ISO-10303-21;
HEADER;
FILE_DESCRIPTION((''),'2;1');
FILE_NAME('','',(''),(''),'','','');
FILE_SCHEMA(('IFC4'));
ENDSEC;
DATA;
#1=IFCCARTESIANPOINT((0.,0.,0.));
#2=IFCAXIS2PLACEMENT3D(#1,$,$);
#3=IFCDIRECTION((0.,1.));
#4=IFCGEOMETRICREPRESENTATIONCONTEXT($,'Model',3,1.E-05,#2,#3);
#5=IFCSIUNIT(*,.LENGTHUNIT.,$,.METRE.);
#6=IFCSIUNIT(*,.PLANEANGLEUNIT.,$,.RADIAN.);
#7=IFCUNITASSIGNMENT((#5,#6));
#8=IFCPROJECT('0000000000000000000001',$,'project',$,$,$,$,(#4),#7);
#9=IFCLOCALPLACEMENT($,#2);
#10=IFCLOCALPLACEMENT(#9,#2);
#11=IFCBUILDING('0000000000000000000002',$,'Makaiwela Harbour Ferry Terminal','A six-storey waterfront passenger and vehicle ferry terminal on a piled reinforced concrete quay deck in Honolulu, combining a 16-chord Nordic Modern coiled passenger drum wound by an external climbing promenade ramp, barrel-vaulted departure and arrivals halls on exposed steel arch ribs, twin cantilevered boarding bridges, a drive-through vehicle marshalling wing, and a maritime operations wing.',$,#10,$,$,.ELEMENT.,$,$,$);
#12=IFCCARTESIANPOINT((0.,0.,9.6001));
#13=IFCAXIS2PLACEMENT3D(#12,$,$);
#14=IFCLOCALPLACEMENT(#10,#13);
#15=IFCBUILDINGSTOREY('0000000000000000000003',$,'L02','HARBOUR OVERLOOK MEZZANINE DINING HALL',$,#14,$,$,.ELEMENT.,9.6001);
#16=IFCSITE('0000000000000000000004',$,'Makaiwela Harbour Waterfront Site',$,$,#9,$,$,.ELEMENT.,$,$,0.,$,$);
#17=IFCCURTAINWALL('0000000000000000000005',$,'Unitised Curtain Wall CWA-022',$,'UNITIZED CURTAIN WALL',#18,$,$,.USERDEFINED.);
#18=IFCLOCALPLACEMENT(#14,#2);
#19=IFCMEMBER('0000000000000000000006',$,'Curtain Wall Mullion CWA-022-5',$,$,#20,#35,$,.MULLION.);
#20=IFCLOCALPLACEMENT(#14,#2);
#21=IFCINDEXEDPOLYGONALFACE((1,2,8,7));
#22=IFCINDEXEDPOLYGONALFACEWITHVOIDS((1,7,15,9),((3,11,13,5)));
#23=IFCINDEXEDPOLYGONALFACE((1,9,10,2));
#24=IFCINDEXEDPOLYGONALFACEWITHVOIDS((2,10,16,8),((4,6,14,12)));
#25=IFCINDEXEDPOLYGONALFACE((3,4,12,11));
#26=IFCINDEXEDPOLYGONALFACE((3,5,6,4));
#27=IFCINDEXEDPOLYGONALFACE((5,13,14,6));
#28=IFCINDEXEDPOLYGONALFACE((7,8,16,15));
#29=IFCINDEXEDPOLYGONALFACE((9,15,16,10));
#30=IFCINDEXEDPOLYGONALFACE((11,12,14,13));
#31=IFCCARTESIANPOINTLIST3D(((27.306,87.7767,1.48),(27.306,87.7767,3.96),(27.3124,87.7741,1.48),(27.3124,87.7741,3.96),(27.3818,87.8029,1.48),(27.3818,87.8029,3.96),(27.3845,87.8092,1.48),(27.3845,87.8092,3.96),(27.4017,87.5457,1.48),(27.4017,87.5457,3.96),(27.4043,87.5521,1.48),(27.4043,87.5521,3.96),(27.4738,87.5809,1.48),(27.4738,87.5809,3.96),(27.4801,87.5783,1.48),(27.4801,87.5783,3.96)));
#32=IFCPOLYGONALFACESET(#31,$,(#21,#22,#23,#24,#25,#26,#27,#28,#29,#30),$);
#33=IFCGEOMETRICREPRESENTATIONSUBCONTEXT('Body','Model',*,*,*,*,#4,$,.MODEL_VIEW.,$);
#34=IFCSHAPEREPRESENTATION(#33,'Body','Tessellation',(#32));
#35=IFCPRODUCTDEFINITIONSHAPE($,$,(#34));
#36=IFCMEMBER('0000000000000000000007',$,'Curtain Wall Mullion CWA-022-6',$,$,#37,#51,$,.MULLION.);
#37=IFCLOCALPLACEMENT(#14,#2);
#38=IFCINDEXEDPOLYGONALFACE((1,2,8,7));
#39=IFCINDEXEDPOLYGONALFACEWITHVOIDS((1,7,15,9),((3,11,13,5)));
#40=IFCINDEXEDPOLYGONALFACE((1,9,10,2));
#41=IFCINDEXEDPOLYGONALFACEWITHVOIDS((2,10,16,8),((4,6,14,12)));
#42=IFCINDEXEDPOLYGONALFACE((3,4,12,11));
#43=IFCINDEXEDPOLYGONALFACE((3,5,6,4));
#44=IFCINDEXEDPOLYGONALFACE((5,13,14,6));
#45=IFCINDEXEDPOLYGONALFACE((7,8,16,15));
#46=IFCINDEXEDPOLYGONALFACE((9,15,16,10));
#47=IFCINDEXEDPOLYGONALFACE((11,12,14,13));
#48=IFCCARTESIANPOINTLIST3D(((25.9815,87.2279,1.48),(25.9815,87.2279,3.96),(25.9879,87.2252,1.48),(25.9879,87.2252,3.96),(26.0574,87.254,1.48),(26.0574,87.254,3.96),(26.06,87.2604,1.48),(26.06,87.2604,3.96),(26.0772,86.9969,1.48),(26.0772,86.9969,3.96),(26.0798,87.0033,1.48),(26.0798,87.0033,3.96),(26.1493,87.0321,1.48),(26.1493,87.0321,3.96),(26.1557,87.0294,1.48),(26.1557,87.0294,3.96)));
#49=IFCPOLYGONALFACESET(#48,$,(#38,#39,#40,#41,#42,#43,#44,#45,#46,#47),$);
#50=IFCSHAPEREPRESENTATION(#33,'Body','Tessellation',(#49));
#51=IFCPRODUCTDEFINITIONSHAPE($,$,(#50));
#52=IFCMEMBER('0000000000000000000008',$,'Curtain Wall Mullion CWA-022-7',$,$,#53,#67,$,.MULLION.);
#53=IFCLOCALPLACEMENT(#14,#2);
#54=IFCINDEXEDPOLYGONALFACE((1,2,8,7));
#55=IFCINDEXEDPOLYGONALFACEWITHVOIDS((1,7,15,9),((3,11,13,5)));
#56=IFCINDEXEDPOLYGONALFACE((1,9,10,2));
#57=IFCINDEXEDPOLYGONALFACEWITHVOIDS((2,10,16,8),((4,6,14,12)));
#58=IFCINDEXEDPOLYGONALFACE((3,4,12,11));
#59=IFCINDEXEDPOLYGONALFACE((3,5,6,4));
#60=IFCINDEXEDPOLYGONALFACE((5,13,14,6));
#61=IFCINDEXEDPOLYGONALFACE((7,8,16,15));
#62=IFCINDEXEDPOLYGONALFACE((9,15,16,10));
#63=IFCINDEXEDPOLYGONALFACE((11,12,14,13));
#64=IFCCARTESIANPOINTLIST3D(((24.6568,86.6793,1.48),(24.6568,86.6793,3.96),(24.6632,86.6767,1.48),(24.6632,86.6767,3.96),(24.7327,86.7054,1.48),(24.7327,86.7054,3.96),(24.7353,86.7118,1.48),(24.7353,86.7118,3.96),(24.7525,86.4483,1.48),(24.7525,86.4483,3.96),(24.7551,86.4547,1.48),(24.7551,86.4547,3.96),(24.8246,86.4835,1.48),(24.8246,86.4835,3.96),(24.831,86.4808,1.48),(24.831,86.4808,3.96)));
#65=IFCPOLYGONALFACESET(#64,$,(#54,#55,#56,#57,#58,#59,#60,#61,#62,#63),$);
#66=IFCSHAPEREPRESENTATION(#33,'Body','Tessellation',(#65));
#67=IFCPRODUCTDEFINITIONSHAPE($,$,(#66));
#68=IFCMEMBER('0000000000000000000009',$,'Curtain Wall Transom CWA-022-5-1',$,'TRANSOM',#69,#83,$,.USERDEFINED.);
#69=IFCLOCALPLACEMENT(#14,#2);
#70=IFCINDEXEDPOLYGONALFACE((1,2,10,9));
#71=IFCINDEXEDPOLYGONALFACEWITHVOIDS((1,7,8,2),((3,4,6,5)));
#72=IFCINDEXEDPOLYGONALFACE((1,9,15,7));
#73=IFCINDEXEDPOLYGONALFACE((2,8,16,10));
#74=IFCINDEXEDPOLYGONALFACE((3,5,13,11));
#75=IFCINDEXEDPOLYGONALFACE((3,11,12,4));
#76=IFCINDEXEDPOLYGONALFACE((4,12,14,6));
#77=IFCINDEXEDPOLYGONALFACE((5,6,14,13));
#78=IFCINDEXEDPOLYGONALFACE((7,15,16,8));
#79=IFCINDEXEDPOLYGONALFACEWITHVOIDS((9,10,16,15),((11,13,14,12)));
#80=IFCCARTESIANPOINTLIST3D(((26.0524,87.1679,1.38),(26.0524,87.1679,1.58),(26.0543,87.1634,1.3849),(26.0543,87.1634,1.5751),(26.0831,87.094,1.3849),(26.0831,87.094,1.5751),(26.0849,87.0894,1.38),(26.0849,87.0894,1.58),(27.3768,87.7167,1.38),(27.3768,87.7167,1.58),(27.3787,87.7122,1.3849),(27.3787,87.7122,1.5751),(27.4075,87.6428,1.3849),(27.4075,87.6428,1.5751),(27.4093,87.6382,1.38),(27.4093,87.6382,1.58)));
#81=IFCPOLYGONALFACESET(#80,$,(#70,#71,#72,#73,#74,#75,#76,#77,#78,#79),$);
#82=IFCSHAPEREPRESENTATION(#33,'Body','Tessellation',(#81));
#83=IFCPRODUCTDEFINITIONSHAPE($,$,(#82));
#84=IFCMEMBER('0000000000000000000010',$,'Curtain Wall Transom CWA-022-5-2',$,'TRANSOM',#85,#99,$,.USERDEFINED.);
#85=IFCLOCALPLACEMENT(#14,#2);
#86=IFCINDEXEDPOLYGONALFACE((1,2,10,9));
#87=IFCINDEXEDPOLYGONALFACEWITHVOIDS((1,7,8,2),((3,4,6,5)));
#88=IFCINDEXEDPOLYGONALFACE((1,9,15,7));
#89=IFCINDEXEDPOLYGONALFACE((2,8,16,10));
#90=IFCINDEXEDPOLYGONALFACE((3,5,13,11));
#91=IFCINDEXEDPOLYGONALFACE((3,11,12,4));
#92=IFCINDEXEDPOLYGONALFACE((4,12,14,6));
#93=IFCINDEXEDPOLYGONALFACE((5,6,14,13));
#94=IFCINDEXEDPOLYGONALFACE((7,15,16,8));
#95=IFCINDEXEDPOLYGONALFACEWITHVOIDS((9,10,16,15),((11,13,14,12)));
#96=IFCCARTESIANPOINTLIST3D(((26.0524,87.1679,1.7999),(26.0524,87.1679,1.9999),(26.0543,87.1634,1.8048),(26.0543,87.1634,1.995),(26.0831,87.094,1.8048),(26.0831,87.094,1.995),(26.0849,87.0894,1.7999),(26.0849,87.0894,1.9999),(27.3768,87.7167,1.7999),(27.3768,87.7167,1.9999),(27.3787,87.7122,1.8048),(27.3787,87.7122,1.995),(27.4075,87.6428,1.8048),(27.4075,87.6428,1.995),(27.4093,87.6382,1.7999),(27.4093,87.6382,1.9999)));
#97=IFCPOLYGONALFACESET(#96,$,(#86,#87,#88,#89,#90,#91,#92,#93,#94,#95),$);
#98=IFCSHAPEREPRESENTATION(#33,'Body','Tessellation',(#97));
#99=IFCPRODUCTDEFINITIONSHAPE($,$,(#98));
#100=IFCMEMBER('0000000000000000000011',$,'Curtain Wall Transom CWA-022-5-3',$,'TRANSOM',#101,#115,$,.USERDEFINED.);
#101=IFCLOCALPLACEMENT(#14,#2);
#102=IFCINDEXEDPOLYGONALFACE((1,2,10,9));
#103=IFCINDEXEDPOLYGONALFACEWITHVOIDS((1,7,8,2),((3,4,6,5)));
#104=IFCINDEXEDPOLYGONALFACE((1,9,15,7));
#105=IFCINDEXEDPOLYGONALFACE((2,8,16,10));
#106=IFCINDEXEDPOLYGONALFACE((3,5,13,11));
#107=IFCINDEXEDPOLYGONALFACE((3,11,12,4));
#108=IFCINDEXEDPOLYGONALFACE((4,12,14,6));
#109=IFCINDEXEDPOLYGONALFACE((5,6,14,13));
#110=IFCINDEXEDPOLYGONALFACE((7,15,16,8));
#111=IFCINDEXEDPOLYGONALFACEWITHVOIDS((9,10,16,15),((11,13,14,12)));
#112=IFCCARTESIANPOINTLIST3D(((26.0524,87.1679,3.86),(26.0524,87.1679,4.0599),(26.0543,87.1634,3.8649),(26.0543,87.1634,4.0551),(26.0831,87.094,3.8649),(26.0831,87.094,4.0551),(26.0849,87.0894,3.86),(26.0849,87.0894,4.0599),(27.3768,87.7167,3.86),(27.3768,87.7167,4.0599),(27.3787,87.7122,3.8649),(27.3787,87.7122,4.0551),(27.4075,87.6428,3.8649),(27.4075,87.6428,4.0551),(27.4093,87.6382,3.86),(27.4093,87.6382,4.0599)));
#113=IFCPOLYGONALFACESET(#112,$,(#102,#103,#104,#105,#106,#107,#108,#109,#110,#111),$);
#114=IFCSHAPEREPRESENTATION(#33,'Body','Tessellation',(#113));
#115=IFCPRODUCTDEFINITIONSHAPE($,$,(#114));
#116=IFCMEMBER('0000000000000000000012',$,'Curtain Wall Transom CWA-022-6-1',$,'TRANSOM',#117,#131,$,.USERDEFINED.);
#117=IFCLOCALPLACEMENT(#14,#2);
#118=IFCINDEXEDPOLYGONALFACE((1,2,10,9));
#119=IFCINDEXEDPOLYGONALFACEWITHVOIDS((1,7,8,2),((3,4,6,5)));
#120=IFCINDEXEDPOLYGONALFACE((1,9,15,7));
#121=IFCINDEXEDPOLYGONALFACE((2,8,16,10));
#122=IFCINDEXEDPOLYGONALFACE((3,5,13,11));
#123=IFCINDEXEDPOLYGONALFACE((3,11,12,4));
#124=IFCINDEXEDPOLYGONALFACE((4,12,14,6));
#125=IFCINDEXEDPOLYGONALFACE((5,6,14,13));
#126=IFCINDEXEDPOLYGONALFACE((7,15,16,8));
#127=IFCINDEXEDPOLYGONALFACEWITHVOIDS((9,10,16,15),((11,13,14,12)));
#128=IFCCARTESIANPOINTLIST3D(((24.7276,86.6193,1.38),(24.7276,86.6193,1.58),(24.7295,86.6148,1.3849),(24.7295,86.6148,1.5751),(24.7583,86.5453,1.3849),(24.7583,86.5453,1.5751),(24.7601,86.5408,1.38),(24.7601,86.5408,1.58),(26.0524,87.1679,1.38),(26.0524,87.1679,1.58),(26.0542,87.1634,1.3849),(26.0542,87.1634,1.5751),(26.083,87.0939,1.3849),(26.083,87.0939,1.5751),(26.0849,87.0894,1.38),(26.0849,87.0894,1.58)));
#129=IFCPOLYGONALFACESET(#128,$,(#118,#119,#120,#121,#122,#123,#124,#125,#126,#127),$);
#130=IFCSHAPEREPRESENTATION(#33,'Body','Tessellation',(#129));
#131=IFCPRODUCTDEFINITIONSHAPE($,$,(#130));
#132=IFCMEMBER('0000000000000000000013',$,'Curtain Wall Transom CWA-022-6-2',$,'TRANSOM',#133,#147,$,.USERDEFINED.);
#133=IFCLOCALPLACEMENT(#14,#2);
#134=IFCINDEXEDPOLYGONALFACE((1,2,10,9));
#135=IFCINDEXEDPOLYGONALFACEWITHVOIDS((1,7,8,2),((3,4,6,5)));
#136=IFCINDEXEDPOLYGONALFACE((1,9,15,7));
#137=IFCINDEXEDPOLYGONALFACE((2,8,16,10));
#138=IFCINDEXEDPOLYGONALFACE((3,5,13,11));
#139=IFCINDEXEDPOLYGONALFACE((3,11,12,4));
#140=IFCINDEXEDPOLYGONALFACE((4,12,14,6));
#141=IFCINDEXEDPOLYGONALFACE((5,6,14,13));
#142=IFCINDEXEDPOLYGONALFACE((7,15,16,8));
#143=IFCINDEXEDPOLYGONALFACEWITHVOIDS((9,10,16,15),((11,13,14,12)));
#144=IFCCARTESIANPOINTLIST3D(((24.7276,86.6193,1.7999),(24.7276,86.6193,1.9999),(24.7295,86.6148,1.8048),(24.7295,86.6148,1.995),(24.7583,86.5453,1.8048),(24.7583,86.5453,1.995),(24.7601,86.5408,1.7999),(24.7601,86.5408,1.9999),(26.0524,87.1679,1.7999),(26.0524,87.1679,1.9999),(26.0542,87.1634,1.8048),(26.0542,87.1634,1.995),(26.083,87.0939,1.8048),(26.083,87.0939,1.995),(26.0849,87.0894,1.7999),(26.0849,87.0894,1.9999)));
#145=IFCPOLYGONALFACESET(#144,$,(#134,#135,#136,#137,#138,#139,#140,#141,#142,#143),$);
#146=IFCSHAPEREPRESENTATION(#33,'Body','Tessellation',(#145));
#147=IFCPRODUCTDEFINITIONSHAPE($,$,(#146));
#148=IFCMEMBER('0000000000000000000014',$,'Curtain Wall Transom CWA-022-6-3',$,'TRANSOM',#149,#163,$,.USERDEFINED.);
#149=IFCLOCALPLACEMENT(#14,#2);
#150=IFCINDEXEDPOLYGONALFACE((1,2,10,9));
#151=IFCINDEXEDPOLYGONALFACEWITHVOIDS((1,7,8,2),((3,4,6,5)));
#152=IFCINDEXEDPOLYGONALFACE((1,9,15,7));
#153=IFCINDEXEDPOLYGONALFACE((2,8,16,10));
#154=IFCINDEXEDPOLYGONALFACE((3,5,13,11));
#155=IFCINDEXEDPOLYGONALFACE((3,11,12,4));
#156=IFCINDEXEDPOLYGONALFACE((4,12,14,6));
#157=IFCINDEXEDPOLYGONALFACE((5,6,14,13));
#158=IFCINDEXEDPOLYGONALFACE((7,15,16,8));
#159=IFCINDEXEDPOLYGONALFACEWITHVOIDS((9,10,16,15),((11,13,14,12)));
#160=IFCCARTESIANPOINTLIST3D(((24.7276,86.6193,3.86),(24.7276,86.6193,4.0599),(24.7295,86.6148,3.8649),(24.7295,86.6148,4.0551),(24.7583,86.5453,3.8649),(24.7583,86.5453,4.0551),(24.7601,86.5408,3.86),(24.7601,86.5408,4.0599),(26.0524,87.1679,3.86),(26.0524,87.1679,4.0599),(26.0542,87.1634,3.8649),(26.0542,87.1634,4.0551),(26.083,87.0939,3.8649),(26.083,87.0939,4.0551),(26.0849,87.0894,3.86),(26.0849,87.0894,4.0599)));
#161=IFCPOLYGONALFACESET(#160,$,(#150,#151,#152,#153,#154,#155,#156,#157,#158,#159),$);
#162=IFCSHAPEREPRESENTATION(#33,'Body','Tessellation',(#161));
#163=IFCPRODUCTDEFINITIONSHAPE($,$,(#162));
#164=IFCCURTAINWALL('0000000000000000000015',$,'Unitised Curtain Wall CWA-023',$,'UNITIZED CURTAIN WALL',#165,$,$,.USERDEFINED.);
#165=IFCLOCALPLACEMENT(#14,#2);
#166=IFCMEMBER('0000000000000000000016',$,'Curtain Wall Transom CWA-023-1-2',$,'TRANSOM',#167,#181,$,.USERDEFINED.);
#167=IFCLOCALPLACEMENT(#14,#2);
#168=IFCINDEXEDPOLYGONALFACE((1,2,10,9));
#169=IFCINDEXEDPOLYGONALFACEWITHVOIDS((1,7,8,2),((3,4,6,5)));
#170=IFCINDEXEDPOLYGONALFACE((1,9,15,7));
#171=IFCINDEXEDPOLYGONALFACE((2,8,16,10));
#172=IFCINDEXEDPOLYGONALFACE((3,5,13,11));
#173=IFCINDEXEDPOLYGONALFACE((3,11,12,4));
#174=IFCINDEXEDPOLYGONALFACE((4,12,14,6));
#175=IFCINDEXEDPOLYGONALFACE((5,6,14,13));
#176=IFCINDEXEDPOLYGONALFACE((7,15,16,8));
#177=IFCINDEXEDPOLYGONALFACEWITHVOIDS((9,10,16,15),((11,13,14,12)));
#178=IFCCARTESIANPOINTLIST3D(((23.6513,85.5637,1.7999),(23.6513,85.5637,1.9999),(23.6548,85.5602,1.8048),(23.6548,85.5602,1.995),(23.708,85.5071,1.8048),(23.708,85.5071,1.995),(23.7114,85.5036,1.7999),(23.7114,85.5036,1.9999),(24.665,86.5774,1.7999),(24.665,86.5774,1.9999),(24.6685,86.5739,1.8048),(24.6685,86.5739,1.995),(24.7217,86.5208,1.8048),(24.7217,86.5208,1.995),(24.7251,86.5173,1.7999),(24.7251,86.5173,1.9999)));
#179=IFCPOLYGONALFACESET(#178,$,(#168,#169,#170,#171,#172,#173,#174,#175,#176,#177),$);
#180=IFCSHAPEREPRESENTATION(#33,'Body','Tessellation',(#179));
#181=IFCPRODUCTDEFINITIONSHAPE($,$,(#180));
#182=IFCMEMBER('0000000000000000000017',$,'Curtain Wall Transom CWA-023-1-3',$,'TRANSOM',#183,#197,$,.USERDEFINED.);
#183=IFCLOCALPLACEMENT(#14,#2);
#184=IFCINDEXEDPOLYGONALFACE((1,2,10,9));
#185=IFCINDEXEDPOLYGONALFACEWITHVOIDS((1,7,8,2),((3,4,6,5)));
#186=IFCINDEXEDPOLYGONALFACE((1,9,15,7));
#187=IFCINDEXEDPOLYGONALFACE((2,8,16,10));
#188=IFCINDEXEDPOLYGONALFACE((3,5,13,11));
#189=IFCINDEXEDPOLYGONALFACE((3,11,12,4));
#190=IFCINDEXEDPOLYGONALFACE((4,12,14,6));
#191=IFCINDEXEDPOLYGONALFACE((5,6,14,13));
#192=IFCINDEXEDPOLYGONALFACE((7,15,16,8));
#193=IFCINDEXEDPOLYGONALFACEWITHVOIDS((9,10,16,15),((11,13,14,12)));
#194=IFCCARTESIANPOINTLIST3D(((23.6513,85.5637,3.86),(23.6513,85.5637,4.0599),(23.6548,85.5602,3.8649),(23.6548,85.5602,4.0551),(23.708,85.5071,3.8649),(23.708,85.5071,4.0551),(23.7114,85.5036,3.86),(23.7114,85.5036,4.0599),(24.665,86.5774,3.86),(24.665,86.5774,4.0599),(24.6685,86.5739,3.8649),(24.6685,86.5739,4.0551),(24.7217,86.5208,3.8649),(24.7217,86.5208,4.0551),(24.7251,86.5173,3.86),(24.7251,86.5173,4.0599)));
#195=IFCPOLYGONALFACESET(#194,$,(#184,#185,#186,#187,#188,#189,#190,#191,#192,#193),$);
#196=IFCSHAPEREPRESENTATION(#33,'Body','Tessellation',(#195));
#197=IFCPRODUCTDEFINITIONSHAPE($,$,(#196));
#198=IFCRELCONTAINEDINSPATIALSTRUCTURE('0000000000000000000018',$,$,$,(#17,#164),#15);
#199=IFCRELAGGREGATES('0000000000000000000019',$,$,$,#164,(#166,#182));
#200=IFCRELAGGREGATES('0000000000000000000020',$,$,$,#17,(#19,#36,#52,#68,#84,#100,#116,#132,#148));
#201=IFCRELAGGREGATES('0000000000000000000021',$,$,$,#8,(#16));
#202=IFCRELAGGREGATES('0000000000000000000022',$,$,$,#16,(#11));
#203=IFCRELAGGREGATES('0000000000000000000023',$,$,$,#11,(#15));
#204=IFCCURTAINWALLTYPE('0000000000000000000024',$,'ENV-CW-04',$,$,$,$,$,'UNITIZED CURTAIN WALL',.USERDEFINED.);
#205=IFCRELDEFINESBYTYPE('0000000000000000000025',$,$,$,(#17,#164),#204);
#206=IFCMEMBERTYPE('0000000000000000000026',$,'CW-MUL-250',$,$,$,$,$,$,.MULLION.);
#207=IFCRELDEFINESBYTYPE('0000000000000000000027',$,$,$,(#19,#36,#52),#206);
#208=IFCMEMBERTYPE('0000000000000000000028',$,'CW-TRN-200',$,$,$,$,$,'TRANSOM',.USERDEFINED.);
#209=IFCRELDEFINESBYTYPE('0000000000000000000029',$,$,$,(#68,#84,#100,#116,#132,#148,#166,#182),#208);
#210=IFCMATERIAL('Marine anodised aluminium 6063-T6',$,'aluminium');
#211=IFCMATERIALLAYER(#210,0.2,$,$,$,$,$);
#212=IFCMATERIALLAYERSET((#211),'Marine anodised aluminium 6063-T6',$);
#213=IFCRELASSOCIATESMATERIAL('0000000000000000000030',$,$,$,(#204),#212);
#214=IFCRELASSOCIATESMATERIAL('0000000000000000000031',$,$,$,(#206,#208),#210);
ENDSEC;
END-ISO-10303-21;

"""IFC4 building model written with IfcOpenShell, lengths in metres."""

from ifc_helpers import new_model, si_unit, direction, frame, origin, origin_2d, place, context, subcontext, project, spatial, hollow_rectangle, extrude, material, layer, layer_set, material_profile, profile_set, type_object, element, aggregate, save


model = new_model("IFC4")

# Units and contexts
model_context = context("Model", 3, precision=1e-05, world=origin(), true_north=direction((0.0, 1.0)))
body_context = subcontext(model_context, "Body", "Model", "MODEL_VIEW")
ifc_project = project(units=[si_unit("LENGTHUNIT", "METRE"), si_unit("PLANEANGLEUNIT", "RADIAN")], contexts=[model_context])

# Site, building, storey
site_placement = place(None, origin())
site = spatial("IfcSite", under=ifc_project, at=site_placement, Name="Makaiwela Harbour Waterfront Site", CompositionType="ELEMENT", RefElevation=0.0)
building_placement = place(site_placement, origin())
building = spatial("IfcBuilding", under=site, at=building_placement, Name="Makaiwela Harbour Ferry Terminal", Description="A six-storey waterfront passenger and vehicle ferry terminal on a piled reinforced concrete quay deck in Honolulu, combining a 16-chord Nordic Modern coiled passenger drum wound by an external climbing promenade ramp, barrel-vaulted departure and arrivals halls on exposed steel arch ribs, twin cantilevered boarding bridges, a drive-through vehicle marshalling wing, and a maritime operations wing.", CompositionType="ELEMENT")
storey_placement = place(building_placement, frame((0.0, 0.0, 9.6001)))
storey = spatial("IfcBuildingStorey", under=building, at=storey_placement, Name="L02", Description="HARBOUR OVERLOOK MEZZANINE DINING HALL", CompositionType="ELEMENT", Elevation=9.6001)

# Curtain walls, members
ifc_material_1 = material(Name="Marine anodised aluminium 6063-T6", Category="aluminium")
ifc_layer_1 = layer(ifc_material_1, 0.2)
ifc_layer_set_1 = layer_set([ifc_layer_1], Name="Marine anodised aluminium 6063-T6")
curtain_wall_type = type_object("IfcCurtainWallType", Name="ENV-CW-04", ElementType="UNITIZED CURTAIN WALL", PredefinedType="USERDEFINED", material=ifc_layer_set_1)
curtain_wall_1_placement = place(storey_placement, origin())
curtain_wall_1 = element("IfcCurtainWall", 1, at=curtain_wall_1_placement, inside=storey, type_object=curtain_wall_type, Name="Unitised Curtain Wall CWA-022", ObjectType="UNITIZED CURTAIN WALL", PredefinedType="USERDEFINED")
ifc_material_profile_1 = material_profile(ifc_material_1, hollow_rectangle(XDim=0.085, YDim=0.25, WallThickness=0.0049, at=origin_2d()), Name="CWM-250X85")
ifc_profile_set_1 = profile_set([ifc_material_profile_1], Name="Marine anodised aluminium 6063-T6")
member_type_1 = type_object("IfcMemberType", Name="CW-MUL-250", PredefinedType="MULLION", material=ifc_profile_set_1)
member_1_placement = place(storey_placement, frame((27.3931, 87.6775, 1.48), z_axis=(0.0, 0.0, 1.0), x_axis=(0.92388, 0.382683, 0.0)))
member_1 = element("IfcMember", 2, at=member_1_placement, type_object=member_type_1, Name="Curtain Wall Mullion CWA-022-5", PredefinedType="MULLION", context=body_context, shape_type="SweptSolid", body=[
    extrude(hollow_rectangle(XDim=0.085, YDim=0.25, WallThickness=0.0049, at=origin_2d()), origin(), (0.0, 0.0, 1.0), 2.48),
])
member_2_placement = place(storey_placement, frame((26.0686, 87.1287, 1.48), z_axis=(0.0, 0.0, 1.0), x_axis=(0.92388, 0.382683, 0.0)))
member_2 = element("IfcMember", 3, at=member_2_placement, type_object=member_type_1, Name="Curtain Wall Mullion CWA-022-6", PredefinedType="MULLION", context=body_context, shape_type="SweptSolid", body=[
    extrude(hollow_rectangle(XDim=0.085, YDim=0.25, WallThickness=0.0049, at=origin_2d()), origin(), (0.0, 0.0, 1.0), 2.48),
])
member_3_placement = place(storey_placement, frame((24.7439, 86.5801, 1.48), z_axis=(0.0, 0.0, 1.0), x_axis=(0.92388, 0.382683, 0.0)))
member_3 = element("IfcMember", 4, at=member_3_placement, type_object=member_type_1, Name="Curtain Wall Mullion CWA-022-7", PredefinedType="MULLION", context=body_context, shape_type="SweptSolid", body=[
    extrude(hollow_rectangle(XDim=0.085, YDim=0.25, WallThickness=0.0049, at=origin_2d()), origin(), (0.0, 0.0, 1.0), 2.48),
])
ifc_material_profile_2 = material_profile(ifc_material_1, hollow_rectangle(XDim=0.085, YDim=0.2, WallThickness=0.0049, at=origin_2d()), Name="CWT-200X85")
ifc_profile_set_2 = profile_set([ifc_material_profile_2], Name="Marine anodised aluminium 6063-T6")
member_type_2 = type_object("IfcMemberType", Name="CW-TRN-200", ElementType="TRANSOM", PredefinedType="USERDEFINED", material=ifc_profile_set_2)
member_4_placement = place(storey_placement, frame((27.3931, 87.6775, 1.48), z_axis=(-0.923826, -0.382813, 0.0), x_axis=(0.382813, -0.923826, 0.0)))
member_4 = element("IfcMember", 5, at=member_4_placement, type_object=member_type_2, Name="Curtain Wall Transom CWA-022-5-1", ObjectType="TRANSOM", PredefinedType="USERDEFINED", context=body_context, shape_type="SweptSolid", body=[
    extrude(hollow_rectangle(XDim=0.085, YDim=0.2, WallThickness=0.0049, at=origin_2d()), origin(), (0.0, 0.0, 1.0), 1.4336),
])
member_5_placement = place(storey_placement, frame((27.3931, 87.6775, 1.8999), z_axis=(-0.923826, -0.382813, 0.0), x_axis=(0.382813, -0.923826, 0.0)))
member_5 = element("IfcMember", 6, at=member_5_placement, type_object=member_type_2, Name="Curtain Wall Transom CWA-022-5-2", ObjectType="TRANSOM", PredefinedType="USERDEFINED", context=body_context, shape_type="SweptSolid", body=[
    extrude(hollow_rectangle(XDim=0.085, YDim=0.2, WallThickness=0.0049, at=origin_2d()), origin(), (0.0, 0.0, 1.0), 1.4336),
])
member_6_placement = place(storey_placement, frame((27.3931, 87.6775, 3.96), z_axis=(-0.923826, -0.382813, 0.0), x_axis=(0.382813, -0.923826, 0.0)))
member_6 = element("IfcMember", 7, at=member_6_placement, type_object=member_type_2, Name="Curtain Wall Transom CWA-022-5-3", ObjectType="TRANSOM", PredefinedType="USERDEFINED", context=body_context, shape_type="SweptSolid", body=[
    extrude(hollow_rectangle(XDim=0.085, YDim=0.2, WallThickness=0.0049, at=origin_2d()), origin(), (0.0, 0.0, 1.0), 1.4336),
])
member_7_placement = place(storey_placement, frame((26.0686, 87.1287, 1.48), z_axis=(-0.923911, -0.382607, 0.0), x_axis=(0.382607, -0.923911, 0.0)))
member_7 = element("IfcMember", 8, at=member_7_placement, type_object=member_type_2, Name="Curtain Wall Transom CWA-022-6-1", ObjectType="TRANSOM", PredefinedType="USERDEFINED", context=body_context, shape_type="SweptSolid", body=[
    extrude(hollow_rectangle(XDim=0.085, YDim=0.2, WallThickness=0.0049, at=origin_2d()), origin(), (0.0, 0.0, 1.0), 1.4338),
])
member_8_placement = place(storey_placement, frame((26.0686, 87.1287, 1.8999), z_axis=(-0.923911, -0.382607, 0.0), x_axis=(0.382607, -0.923911, 0.0)))
member_8 = element("IfcMember", 9, at=member_8_placement, type_object=member_type_2, Name="Curtain Wall Transom CWA-022-6-2", ObjectType="TRANSOM", PredefinedType="USERDEFINED", context=body_context, shape_type="SweptSolid", body=[
    extrude(hollow_rectangle(XDim=0.085, YDim=0.2, WallThickness=0.0049, at=origin_2d()), origin(), (0.0, 0.0, 1.0), 1.4338),
])
member_9_placement = place(storey_placement, frame((26.0686, 87.1287, 3.96), z_axis=(-0.923911, -0.382607, 0.0), x_axis=(0.382607, -0.923911, 0.0)))
member_9 = element("IfcMember", 10, at=member_9_placement, type_object=member_type_2, Name="Curtain Wall Transom CWA-022-6-3", ObjectType="TRANSOM", PredefinedType="USERDEFINED", context=body_context, shape_type="SweptSolid", body=[
    extrude(hollow_rectangle(XDim=0.085, YDim=0.2, WallThickness=0.0049, at=origin_2d()), origin(), (0.0, 0.0, 1.0), 1.4338),
])
curtain_wall_2_placement = place(storey_placement, origin())
curtain_wall_2 = element("IfcCurtainWall", 11, at=curtain_wall_2_placement, inside=storey, type_object=curtain_wall_type, Name="Unitised Curtain Wall CWA-023", ObjectType="UNITIZED CURTAIN WALL", PredefinedType="USERDEFINED")
member_10_placement = place(storey_placement, frame((24.6951, 86.5474, 1.8999), z_axis=(-0.707107, -0.707107, 0.0), x_axis=(0.707107, -0.707107, 0.0)))
member_10 = element("IfcMember", 12, at=member_10_placement, type_object=member_type_2, Name="Curtain Wall Transom CWA-023-1-2", ObjectType="TRANSOM", PredefinedType="USERDEFINED", context=body_context, shape_type="SweptSolid", body=[
    extrude(hollow_rectangle(XDim=0.085, YDim=0.2, WallThickness=0.0049, at=origin_2d()), origin(), (0.0, 0.0, 1.0), 1.4336),
])
member_11_placement = place(storey_placement, frame((24.6951, 86.5474, 3.96), z_axis=(-0.707107, -0.707107, 0.0), x_axis=(0.707107, -0.707107, 0.0)))
member_11 = element("IfcMember", 13, at=member_11_placement, type_object=member_type_2, Name="Curtain Wall Transom CWA-023-1-3", ObjectType="TRANSOM", PredefinedType="USERDEFINED", context=body_context, shape_type="SweptSolid", body=[
    extrude(hollow_rectangle(XDim=0.085, YDim=0.2, WallThickness=0.0049, at=origin_2d()), origin(), (0.0, 0.0, 1.0), 1.4336),
])
aggregate(curtain_wall_2, [member_10, member_11])

aggregate(curtain_wall_1, [member_1, member_2, member_3, member_4, member_5, member_6, member_7, member_8, member_9])

save(model, "model.ifc")
